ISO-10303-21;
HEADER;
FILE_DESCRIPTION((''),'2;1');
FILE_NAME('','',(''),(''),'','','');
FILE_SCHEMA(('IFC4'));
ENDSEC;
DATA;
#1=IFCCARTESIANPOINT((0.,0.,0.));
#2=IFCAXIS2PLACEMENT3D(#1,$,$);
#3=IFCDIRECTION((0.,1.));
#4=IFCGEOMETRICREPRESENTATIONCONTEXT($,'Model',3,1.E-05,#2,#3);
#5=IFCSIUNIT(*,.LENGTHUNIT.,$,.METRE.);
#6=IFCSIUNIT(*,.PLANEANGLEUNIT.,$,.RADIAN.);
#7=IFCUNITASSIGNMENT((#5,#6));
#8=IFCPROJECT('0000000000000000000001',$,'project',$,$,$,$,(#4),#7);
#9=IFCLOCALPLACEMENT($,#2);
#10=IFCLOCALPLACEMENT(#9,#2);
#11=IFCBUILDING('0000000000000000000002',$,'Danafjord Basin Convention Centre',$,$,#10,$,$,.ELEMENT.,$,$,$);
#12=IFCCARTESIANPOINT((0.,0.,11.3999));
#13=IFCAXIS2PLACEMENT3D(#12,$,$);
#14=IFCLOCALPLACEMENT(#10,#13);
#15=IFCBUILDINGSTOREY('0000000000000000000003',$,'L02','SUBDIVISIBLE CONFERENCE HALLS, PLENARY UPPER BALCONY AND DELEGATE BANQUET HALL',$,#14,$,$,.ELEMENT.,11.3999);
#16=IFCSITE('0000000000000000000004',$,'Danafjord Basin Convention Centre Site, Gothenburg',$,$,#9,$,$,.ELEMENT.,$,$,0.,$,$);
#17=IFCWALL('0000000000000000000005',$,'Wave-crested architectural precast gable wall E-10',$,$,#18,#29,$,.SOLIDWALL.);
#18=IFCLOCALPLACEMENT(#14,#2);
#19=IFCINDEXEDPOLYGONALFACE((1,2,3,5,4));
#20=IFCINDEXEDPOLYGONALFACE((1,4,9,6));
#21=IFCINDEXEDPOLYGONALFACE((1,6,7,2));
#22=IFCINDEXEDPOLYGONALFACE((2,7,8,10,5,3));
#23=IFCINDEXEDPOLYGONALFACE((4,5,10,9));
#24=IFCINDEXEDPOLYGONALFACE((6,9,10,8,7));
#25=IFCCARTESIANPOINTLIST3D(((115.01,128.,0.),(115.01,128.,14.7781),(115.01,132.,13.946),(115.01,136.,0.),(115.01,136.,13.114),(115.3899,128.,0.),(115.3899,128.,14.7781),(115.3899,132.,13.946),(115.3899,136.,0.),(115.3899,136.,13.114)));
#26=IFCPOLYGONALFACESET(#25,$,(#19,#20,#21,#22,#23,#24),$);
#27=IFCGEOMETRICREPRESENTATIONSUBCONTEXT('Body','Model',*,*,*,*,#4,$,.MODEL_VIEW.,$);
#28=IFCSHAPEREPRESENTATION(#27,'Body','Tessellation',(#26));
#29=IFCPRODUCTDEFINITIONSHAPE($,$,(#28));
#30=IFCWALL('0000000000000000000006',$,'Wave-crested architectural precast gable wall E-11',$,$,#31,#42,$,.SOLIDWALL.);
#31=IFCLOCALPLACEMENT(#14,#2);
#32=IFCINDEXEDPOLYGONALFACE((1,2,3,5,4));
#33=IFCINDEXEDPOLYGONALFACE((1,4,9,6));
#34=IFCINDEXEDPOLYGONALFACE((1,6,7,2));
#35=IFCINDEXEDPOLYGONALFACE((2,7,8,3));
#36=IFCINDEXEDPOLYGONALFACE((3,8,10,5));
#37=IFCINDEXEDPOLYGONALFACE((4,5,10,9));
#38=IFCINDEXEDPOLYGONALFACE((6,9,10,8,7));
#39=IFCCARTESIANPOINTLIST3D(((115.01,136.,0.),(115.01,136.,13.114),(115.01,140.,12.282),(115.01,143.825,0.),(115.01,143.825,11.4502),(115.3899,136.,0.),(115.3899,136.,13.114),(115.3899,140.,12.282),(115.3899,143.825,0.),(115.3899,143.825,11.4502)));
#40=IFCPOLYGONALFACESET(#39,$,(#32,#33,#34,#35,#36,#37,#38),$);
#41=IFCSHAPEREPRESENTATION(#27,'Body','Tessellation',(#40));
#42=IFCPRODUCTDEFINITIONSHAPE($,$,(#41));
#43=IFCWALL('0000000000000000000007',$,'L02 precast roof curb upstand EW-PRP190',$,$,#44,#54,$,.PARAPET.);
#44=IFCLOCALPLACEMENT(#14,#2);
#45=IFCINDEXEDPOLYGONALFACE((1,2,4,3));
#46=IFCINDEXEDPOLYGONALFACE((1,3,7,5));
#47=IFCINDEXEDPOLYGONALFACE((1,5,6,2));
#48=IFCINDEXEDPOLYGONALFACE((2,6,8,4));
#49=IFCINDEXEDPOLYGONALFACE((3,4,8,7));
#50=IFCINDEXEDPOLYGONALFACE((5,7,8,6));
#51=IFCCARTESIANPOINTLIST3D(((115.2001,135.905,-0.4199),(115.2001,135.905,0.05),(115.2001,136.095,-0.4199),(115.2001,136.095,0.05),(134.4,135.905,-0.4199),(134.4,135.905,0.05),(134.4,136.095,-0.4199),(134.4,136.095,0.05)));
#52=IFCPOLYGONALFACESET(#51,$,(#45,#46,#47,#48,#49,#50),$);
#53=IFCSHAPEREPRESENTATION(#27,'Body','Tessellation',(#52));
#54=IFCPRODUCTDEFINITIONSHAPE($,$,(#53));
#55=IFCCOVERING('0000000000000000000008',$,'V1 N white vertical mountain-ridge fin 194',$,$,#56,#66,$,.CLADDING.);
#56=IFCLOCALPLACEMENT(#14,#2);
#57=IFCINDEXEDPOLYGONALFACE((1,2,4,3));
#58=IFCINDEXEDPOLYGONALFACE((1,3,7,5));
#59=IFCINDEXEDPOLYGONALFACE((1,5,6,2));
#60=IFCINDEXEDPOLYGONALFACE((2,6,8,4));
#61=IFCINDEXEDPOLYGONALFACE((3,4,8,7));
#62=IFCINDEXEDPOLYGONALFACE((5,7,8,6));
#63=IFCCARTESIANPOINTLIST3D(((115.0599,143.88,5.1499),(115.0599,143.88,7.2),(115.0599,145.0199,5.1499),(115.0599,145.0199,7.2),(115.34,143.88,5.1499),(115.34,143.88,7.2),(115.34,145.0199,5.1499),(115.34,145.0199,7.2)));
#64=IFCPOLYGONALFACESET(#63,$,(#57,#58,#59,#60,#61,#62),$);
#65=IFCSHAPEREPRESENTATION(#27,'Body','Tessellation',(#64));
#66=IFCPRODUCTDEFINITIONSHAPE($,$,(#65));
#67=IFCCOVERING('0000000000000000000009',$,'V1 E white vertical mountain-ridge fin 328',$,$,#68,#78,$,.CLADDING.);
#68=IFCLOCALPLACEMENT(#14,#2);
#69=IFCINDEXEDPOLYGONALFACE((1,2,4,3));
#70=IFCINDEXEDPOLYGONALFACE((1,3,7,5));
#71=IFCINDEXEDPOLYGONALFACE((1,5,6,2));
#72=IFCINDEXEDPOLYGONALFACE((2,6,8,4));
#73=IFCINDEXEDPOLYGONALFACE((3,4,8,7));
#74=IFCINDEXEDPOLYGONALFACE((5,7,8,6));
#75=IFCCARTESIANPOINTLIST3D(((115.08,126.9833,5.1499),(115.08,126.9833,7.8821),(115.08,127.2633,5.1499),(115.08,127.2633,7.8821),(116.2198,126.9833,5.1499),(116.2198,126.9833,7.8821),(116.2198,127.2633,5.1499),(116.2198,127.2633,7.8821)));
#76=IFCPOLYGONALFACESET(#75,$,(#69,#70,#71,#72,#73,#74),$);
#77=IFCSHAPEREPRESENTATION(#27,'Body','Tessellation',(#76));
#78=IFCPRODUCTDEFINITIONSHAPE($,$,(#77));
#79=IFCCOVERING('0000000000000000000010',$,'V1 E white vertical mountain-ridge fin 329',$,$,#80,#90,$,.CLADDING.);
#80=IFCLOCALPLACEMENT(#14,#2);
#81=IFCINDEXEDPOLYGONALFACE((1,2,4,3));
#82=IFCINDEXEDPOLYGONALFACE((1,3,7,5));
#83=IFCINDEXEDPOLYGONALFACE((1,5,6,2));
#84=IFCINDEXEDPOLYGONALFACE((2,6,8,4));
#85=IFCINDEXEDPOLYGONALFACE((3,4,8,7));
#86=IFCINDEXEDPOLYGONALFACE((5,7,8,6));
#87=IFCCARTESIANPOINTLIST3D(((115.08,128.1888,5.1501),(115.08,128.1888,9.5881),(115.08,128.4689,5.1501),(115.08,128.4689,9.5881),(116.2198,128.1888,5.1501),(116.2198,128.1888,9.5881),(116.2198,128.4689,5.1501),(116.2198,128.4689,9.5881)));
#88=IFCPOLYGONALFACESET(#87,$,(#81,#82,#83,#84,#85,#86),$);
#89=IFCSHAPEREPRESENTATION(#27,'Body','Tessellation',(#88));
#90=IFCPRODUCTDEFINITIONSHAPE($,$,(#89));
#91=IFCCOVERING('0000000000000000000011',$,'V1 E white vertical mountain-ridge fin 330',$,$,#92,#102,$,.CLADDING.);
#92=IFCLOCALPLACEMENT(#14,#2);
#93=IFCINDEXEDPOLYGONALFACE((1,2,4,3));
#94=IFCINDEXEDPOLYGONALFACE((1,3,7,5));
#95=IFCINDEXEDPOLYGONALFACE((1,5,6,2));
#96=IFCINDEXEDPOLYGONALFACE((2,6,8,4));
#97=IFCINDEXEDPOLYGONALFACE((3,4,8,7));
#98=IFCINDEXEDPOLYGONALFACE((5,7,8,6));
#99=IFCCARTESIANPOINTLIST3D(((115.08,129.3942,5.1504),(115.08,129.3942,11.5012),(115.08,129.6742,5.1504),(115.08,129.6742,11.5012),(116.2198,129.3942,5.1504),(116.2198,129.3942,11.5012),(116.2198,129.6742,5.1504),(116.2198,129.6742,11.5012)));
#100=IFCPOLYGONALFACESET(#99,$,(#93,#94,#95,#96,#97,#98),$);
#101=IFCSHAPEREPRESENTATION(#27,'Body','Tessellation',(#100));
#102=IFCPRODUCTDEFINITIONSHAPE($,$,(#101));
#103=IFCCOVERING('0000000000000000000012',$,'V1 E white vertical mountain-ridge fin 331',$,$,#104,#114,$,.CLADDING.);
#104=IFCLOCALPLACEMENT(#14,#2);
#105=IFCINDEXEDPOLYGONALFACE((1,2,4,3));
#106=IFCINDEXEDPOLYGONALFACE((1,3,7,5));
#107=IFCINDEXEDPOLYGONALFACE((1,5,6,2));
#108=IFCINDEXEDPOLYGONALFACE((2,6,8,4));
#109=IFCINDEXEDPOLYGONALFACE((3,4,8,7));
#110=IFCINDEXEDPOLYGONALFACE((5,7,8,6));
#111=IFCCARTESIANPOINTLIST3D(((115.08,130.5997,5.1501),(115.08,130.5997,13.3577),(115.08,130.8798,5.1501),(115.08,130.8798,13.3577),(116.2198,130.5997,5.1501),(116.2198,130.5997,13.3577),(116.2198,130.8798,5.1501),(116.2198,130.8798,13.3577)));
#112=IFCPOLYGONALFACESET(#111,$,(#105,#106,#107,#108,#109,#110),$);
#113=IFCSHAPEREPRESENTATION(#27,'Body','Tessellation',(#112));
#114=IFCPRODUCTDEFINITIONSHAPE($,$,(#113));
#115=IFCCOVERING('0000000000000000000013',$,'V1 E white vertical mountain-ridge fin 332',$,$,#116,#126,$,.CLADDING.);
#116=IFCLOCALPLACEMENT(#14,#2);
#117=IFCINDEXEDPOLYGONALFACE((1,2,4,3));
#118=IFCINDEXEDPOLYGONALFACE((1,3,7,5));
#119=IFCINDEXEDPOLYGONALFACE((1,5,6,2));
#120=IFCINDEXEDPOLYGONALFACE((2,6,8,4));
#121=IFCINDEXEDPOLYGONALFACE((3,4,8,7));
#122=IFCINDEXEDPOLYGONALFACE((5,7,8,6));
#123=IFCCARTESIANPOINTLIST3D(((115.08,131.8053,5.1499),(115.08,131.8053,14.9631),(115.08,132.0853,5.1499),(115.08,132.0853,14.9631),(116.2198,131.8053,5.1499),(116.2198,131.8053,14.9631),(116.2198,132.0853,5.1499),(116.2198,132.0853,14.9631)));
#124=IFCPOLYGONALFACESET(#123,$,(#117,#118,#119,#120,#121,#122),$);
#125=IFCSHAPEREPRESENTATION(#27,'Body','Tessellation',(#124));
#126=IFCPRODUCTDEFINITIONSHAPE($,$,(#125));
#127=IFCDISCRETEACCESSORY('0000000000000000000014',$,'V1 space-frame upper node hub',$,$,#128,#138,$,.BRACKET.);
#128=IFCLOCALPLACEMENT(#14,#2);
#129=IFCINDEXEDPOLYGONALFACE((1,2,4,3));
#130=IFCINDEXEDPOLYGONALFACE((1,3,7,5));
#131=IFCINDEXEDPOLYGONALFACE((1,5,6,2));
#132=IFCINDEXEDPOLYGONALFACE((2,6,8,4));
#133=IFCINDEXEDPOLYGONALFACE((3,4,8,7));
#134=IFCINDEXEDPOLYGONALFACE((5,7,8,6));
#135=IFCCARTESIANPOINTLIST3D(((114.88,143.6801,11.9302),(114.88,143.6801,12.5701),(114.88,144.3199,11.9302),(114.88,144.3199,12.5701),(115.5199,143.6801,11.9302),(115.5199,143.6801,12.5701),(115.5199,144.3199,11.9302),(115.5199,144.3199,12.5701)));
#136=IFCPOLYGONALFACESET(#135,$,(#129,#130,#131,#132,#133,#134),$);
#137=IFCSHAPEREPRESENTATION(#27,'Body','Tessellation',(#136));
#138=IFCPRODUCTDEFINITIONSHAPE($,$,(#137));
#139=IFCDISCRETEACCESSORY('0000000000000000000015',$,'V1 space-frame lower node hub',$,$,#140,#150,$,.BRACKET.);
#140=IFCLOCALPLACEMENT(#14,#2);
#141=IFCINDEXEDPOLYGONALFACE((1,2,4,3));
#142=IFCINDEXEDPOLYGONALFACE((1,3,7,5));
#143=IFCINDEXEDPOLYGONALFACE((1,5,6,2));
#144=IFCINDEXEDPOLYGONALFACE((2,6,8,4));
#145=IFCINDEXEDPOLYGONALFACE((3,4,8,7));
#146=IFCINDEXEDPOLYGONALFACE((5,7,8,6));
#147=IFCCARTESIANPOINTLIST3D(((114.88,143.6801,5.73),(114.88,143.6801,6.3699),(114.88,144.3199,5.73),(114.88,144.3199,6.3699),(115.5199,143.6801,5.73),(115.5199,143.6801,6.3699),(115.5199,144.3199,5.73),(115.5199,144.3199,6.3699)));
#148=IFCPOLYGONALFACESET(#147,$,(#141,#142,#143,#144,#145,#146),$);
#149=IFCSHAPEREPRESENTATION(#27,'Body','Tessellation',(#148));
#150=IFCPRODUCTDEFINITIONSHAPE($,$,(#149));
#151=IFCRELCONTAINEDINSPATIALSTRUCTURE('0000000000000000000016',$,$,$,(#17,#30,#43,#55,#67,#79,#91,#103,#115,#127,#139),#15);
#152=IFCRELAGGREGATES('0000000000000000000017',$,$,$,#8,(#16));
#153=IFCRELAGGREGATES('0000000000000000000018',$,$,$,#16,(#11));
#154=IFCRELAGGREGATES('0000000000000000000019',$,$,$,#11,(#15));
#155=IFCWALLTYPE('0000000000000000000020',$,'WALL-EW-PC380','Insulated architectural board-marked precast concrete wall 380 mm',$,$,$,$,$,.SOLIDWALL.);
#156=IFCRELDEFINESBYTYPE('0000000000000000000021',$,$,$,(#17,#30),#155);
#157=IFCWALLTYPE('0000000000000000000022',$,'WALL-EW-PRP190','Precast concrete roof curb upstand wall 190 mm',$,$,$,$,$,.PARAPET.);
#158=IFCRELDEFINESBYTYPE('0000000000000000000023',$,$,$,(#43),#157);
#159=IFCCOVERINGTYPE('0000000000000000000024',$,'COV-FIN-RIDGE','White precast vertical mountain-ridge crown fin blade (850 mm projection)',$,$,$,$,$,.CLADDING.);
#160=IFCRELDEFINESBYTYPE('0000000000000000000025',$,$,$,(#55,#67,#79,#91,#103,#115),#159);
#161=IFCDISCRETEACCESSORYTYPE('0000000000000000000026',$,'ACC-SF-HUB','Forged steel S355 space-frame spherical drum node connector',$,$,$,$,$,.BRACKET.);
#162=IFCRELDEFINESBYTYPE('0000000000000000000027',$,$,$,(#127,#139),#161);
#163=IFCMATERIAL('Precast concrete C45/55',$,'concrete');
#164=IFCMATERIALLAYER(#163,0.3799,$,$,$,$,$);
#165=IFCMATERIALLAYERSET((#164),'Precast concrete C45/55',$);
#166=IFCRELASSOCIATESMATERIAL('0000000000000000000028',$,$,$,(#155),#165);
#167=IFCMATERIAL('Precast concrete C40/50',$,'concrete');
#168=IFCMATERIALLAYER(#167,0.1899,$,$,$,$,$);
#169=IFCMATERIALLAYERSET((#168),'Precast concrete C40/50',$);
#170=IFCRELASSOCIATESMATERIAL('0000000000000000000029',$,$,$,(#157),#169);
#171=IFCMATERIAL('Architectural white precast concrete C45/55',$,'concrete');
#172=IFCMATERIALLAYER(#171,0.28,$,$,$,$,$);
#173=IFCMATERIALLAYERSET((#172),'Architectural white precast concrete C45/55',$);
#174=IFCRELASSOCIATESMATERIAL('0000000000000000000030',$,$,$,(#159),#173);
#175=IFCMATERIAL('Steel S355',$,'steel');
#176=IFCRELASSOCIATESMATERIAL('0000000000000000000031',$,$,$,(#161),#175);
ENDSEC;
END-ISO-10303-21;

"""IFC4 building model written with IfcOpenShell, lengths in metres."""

from ifc_helpers import new_model, si_unit, direction, frame, frame_2d, origin, origin_2d, place, context, subcontext, project, spatial, polyline, rectangle, outline, extrude, material, layer, layer_set, type_object, element, save


model = new_model("IFC4")

# Units and contexts
model_context = context("Model", 3, precision=1e-05, world=origin(), true_north=direction((0.0, 1.0)))
body_context = subcontext(model_context, "Body", "Model", "MODEL_VIEW")
ifc_project = project(units=[si_unit("LENGTHUNIT", "METRE"), si_unit("PLANEANGLEUNIT", "RADIAN")], contexts=[model_context])

# Site, building, storey
site_placement = place(None, origin())
site = spatial("IfcSite", under=ifc_project, at=site_placement, Name="Danafjord Basin Convention Centre Site, Gothenburg", CompositionType="ELEMENT", RefElevation=0.0)
building_placement = place(site_placement, origin())
building = spatial("IfcBuilding", under=site, at=building_placement, Name="Danafjord Basin Convention Centre", CompositionType="ELEMENT")
storey_placement = place(building_placement, frame((0.0, 0.0, 11.3999)))
storey = spatial("IfcBuildingStorey", under=building, at=storey_placement, Name="L02", Description="SUBDIVISIBLE CONFERENCE HALLS, PLENARY UPPER BALCONY AND DELEGATE BANQUET HALL", CompositionType="ELEMENT", Elevation=11.3999)

# Shared definitions
ifc_material_1 = material(Name="Steel S355", Category="steel")

# Walls
ifc_material_2 = material(Name="Precast concrete C45/55", Category="concrete")
ifc_layer_1 = layer(ifc_material_2, 0.3799)
ifc_layer_set_1 = layer_set([ifc_layer_1], Name="Precast concrete C45/55")
wall_type_1 = type_object("IfcWallType", Name="WALL-EW-PC380", Description="Insulated architectural board-marked precast concrete wall 380 mm", PredefinedType="SOLIDWALL", material=ifc_layer_set_1)
wall_1_placement = place(storey_placement, frame((115.2, 128.0, 0.0), z_axis=(0.0, 0.0, 1.0), x_axis=(0.0, 1.0, 0.0)))
element("IfcWall", 1, at=wall_1_placement, inside=storey, type_object=wall_type_1, Name="Wave-crested architectural precast gable wall E-10", PredefinedType="SOLIDWALL", context=body_context, shape_type="SweptSolid", body=[
    extrude(outline(polyline([(0.0, 0.0), (8.0, 0.0), (8.0, 13.114), (4.0, 13.946), (0.0, 14.7781), (0.0, 0.0)])), frame((0.0, 0.1899, 0.0), z_axis=(0.0, -1.0, 0.0), x_axis=(1.0, 0.0, 0.0)), (0.0, 0.0, 1.0), 0.3799),
])
wall_2_placement = place(storey_placement, frame((115.2, 136.0, 0.0), z_axis=(0.0, 0.0, 1.0), x_axis=(0.0, 1.0, 0.0)))
element("IfcWall", 2, at=wall_2_placement, inside=storey, type_object=wall_type_1, Name="Wave-crested architectural precast gable wall E-11", PredefinedType="SOLIDWALL", context=body_context, shape_type="SweptSolid", body=[
    extrude(outline(polyline([(0.0, 0.0), (7.825, 0.0), (7.825, 11.4502), (4.0, 12.282), (0.0, 13.114), (0.0, 0.0)])), frame((0.0, 0.1899, 0.0), z_axis=(0.0, -1.0, 0.0), x_axis=(1.0, 0.0, 0.0)), (0.0, 0.0, 1.0), 0.3799),
])
ifc_material_3 = material(Name="Precast concrete C40/50", Category="concrete")
ifc_layer_2 = layer(ifc_material_3, 0.1899)
ifc_layer_set_2 = layer_set([ifc_layer_2], Name="Precast concrete C40/50")
wall_type_2 = type_object("IfcWallType", Name="WALL-EW-PRP190", Description="Precast concrete roof curb upstand wall 190 mm", PredefinedType="PARAPET", material=ifc_layer_set_2)
wall_3_placement = place(storey_placement, frame((115.2, 136.0, -0.4199), z_axis=(0.0, 0.0, 1.0), x_axis=(1.0, 0.0, 0.0)))
element("IfcWall", 3, at=wall_3_placement, inside=storey, type_object=wall_type_2, Name="L02 precast roof curb upstand EW-PRP190", PredefinedType="PARAPET", context=body_context, shape_type="SweptSolid", body=[
    extrude(rectangle(XDim=19.2, YDim=0.1899, at=frame_2d((9.6001, 0.0))), origin(), (0.0, 0.0, 1.0), 0.47),
])

# Coverings
ifc_material_4 = material(Name="Architectural white precast concrete C45/55", Category="concrete")
ifc_layer_3 = layer(ifc_material_4, 0.28)
ifc_layer_set_3 = layer_set([ifc_layer_3], Name="Architectural white precast concrete C45/55")
covering_type = type_object("IfcCoveringType", Name="COV-FIN-RIDGE", Description="White precast vertical mountain-ridge crown fin blade (850 mm projection)", PredefinedType="CLADDING", material=ifc_layer_set_3)
covering_1_placement = place(storey_placement, frame((115.2, 144.45, 5.1499), z_axis=(0.0, 0.0, 1.0), x_axis=(0.0, 1.0, 0.0)))
element("IfcCovering", 4, at=covering_1_placement, inside=storey, type_object=covering_type, Name="V1 N white vertical mountain-ridge fin 194", PredefinedType="CLADDING", context=body_context, shape_type="SweptSolid", body=[
    extrude(rectangle(XDim=1.1399, YDim=0.28, at=origin_2d()), origin(), (0.0, 0.0, 1.0), 2.05),
])
covering_2_placement = place(storey_placement, frame((115.6499, 127.1233, 5.1499), z_axis=(0.0, 0.0, 1.0), x_axis=(1.0, 0.0, 0.0)))
element("IfcCovering", 5, at=covering_2_placement, inside=storey, type_object=covering_type, Name="V1 E white vertical mountain-ridge fin 328", PredefinedType="CLADDING", context=body_context, shape_type="SweptSolid", body=[
    extrude(rectangle(XDim=1.1399, YDim=0.28, at=origin_2d()), origin(), (0.0, 0.0, 1.0), 2.7322),
])
covering_3_placement = place(storey_placement, frame((115.6499, 128.3289, 5.1501), z_axis=(0.0, 0.0, 1.0), x_axis=(1.0, 0.0, 0.0)))
element("IfcCovering", 6, at=covering_3_placement, inside=storey, type_object=covering_type, Name="V1 E white vertical mountain-ridge fin 329", PredefinedType="CLADDING", context=body_context, shape_type="SweptSolid", body=[
    extrude(rectangle(XDim=1.1399, YDim=0.28, at=origin_2d()), origin(), (0.0, 0.0, 1.0), 4.438),
])
covering_4_placement = place(storey_placement, frame((115.6499, 129.5342, 5.1504), z_axis=(0.0, 0.0, 1.0), x_axis=(1.0, 0.0, 0.0)))
element("IfcCovering", 7, at=covering_4_placement, inside=storey, type_object=covering_type, Name="V1 E white vertical mountain-ridge fin 330", PredefinedType="CLADDING", context=body_context, shape_type="SweptSolid", body=[
    extrude(rectangle(XDim=1.1399, YDim=0.28, at=origin_2d()), origin(), (0.0, 0.0, 1.0), 6.3508),
])
covering_5_placement = place(storey_placement, frame((115.6499, 130.7397, 5.1501), z_axis=(0.0, 0.0, 1.0), x_axis=(1.0, 0.0, 0.0)))
element("IfcCovering", 8, at=covering_5_placement, inside=storey, type_object=covering_type, Name="V1 E white vertical mountain-ridge fin 331", PredefinedType="CLADDING", context=body_context, shape_type="SweptSolid", body=[
    extrude(rectangle(XDim=1.1399, YDim=0.28, at=origin_2d()), origin(), (0.0, 0.0, 1.0), 8.2075),
])
covering_6_placement = place(storey_placement, frame((115.6499, 131.9453, 5.1499), z_axis=(0.0, 0.0, 1.0), x_axis=(1.0, 0.0, 0.0)))
element("IfcCovering", 9, at=covering_6_placement, inside=storey, type_object=covering_type, Name="V1 E white vertical mountain-ridge fin 332", PredefinedType="CLADDING", context=body_context, shape_type="SweptSolid", body=[
    extrude(rectangle(XDim=1.1399, YDim=0.28, at=origin_2d()), origin(), (0.0, 0.0, 1.0), 9.8132),
])

# Discrete accessories
discrete_accessory_type = type_object("IfcDiscreteAccessoryType", Name="ACC-SF-HUB", Description="Forged steel S355 space-frame spherical drum node connector", PredefinedType="BRACKET", material=ifc_material_1)
for number, where, z_axis, x_axis, name in (
    (10, (115.2, 144.0, 11.9302), (0.0, 0.0, 1.0), (1.0, 0.0, 0.0), "V1 space-frame upper node hub"),
    (11, (115.2, 144.0, 5.73), (0.0, 0.0, 1.0), (1.0, 0.0, 0.0), "V1 space-frame lower node hub"),
):
    element("IfcDiscreteAccessory", number, at=place(storey_placement, frame(where, z_axis=z_axis, x_axis=x_axis)), inside=storey, type_object=discrete_accessory_type, Name=name, PredefinedType="BRACKET", context=body_context, shape_type="SweptSolid", body=[
        extrude(rectangle(XDim=0.6399, YDim=0.6399, at=origin_2d()), origin(), (0.0, 0.0, 1.0), 0.6399),
    ])

save(model, "model.ifc")
